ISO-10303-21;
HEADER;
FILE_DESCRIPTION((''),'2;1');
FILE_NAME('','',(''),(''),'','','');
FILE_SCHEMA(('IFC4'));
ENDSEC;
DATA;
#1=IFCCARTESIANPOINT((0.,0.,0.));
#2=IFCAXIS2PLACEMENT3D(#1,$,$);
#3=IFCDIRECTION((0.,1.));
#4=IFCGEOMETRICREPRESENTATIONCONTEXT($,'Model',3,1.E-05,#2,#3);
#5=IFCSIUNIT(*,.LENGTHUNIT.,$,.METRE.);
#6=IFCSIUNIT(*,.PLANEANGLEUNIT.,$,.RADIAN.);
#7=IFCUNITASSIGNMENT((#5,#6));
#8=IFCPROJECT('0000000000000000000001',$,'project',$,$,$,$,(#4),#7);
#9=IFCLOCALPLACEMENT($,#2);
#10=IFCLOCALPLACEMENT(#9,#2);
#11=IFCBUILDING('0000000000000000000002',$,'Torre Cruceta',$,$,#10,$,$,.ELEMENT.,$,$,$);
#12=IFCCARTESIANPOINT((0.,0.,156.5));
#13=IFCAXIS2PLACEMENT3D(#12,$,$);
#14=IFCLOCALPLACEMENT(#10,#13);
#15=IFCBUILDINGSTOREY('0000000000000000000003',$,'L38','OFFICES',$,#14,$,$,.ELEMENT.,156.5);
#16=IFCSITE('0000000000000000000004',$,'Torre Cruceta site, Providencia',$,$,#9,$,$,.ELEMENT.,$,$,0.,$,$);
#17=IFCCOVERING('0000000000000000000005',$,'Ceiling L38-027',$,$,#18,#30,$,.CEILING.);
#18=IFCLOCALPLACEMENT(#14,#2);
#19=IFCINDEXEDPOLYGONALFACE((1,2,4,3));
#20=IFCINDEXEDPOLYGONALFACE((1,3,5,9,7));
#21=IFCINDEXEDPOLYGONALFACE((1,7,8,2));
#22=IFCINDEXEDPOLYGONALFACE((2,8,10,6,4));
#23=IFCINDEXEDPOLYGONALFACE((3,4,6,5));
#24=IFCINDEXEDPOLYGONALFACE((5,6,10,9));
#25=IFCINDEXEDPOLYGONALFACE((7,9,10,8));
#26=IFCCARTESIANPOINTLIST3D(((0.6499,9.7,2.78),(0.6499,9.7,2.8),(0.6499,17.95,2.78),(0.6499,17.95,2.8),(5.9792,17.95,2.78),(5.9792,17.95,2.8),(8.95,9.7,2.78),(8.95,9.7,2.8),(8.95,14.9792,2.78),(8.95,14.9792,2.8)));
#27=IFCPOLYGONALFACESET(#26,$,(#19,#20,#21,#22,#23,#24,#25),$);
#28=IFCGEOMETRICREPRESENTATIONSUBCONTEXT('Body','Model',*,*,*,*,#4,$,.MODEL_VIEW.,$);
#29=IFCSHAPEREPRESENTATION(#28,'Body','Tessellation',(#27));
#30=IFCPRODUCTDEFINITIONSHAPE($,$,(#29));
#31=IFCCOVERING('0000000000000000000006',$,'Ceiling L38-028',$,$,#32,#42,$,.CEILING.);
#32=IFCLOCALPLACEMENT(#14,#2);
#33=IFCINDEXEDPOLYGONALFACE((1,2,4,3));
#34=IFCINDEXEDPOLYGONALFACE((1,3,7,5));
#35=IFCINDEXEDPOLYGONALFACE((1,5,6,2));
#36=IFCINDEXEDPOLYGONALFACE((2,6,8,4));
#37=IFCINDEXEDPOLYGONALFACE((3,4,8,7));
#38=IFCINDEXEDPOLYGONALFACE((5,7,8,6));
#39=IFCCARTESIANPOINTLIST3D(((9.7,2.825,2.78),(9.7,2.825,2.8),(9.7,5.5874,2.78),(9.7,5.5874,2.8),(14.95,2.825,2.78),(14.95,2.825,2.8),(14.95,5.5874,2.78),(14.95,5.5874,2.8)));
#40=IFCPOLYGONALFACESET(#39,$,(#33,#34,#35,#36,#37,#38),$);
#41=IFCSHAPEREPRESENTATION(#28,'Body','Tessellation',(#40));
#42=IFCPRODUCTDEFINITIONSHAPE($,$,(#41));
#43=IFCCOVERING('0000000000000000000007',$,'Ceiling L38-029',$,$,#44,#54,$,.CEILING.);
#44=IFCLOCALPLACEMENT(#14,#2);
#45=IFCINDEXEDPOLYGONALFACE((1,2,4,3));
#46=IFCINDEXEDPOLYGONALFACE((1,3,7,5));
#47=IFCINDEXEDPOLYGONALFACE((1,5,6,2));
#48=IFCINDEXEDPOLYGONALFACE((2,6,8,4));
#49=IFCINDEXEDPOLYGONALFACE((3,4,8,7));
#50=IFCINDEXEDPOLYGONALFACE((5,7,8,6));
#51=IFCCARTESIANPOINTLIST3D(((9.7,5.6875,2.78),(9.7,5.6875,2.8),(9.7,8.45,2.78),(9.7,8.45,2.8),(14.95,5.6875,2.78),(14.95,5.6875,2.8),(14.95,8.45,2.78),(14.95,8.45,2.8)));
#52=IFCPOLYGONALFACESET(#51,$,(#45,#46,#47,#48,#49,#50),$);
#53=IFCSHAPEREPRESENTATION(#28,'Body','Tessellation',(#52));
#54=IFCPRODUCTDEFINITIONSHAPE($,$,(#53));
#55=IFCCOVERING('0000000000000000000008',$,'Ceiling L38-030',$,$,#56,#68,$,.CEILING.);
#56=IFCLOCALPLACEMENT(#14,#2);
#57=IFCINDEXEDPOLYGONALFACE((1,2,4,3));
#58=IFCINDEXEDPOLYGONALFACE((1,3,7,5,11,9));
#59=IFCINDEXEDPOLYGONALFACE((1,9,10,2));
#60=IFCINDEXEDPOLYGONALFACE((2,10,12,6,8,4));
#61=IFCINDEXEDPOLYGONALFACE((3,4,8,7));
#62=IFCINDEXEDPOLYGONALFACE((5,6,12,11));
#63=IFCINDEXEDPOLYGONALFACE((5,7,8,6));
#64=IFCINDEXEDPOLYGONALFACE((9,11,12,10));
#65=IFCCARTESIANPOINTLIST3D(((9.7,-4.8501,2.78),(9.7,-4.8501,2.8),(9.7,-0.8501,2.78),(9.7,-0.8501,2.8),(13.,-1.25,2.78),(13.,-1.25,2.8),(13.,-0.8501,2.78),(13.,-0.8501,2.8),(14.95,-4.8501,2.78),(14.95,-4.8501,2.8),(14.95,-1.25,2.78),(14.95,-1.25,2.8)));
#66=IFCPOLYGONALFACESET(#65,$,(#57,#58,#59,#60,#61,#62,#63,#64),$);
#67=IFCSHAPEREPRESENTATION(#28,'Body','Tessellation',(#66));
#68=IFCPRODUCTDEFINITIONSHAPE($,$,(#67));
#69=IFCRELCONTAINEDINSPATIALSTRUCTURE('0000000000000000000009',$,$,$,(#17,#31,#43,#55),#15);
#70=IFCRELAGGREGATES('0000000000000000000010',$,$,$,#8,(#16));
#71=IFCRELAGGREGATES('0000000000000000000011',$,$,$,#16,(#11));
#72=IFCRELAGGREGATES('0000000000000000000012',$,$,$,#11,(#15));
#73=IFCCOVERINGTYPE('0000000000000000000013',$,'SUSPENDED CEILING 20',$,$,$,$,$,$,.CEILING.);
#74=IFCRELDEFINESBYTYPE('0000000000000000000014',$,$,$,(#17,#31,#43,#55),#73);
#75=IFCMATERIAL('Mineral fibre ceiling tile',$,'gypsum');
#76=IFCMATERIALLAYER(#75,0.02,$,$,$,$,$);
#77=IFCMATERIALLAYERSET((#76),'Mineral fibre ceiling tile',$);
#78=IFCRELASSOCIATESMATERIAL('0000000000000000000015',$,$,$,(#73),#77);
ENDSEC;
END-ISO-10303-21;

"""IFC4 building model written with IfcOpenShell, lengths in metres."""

from ifc_helpers import new_model, si_unit, direction, frame, origin, place, context, subcontext, project, spatial, polyline, outline, extrude, material, layer, layer_set, type_object, element, save


model = new_model("IFC4")

# Units and contexts
model_context = context("Model", 3, precision=1e-05, world=origin(), true_north=direction((0.0, 1.0)))
body_context = subcontext(model_context, "Body", "Model", "MODEL_VIEW")
ifc_project = project(units=[si_unit("LENGTHUNIT", "METRE"), si_unit("PLANEANGLEUNIT", "RADIAN")], contexts=[model_context])

# Site, building, storey
site_placement = place(None, origin())
site = spatial("IfcSite", under=ifc_project, at=site_placement, Name="Torre Cruceta site, Providencia", CompositionType="ELEMENT", RefElevation=0.0)
building_placement = place(site_placement, origin())
building = spatial("IfcBuilding", under=site, at=building_placement, Name="Torre Cruceta", CompositionType="ELEMENT")
storey_placement = place(building_placement, frame((0.0, 0.0, 156.5)))
storey = spatial("IfcBuildingStorey", under=building, at=storey_placement, Name="L38", Description="OFFICES", CompositionType="ELEMENT", Elevation=156.5)

# Coverings
ifc_material_1 = material(Name="Mineral fibre ceiling tile", Category="gypsum")
ifc_layer_1 = layer(ifc_material_1, 0.02)
ifc_layer_set_1 = layer_set([ifc_layer_1], Name="Mineral fibre ceiling tile")
covering_type_1 = type_object("IfcCoveringType", Name="SUSPENDED CEILING 20", PredefinedType="CEILING", material=ifc_layer_set_1)
covering_1_placement = place(storey_placement, frame((0.0, 0.0, 2.78)))
element("IfcCovering", 1, at=covering_1_placement, inside=storey, type_object=covering_type_1, Name="Ceiling L38-027", PredefinedType="CEILING", context=body_context, shape_type="SweptSolid", body=[
    extrude(outline(polyline([(5.9792, 17.95), (8.95, 14.9792), (8.95, 9.7), (0.6499, 9.7), (0.6499, 17.95), (5.9792, 17.95)])), origin(), (0.0, 0.0, 1.0), 0.02),
])
covering_2_placement = place(storey_placement, frame((0.0, 0.0, 2.78)))
element("IfcCovering", 2, at=covering_2_placement, inside=storey, type_object=covering_type_1, Name="Ceiling L38-028", PredefinedType="CEILING", context=body_context, shape_type="SweptSolid", body=[
    extrude(outline(polyline([(9.7, 2.825), (9.7, 5.5874), (14.95, 5.5874), (14.95, 2.825), (9.7, 2.825)])), origin(), (0.0, 0.0, 1.0), 0.02),
])
covering_3_placement = place(storey_placement, frame((0.0, 0.0, 2.78)))
element("IfcCovering", 3, at=covering_3_placement, inside=storey, type_object=covering_type_1, Name="Ceiling L38-029", PredefinedType="CEILING", context=body_context, shape_type="SweptSolid", body=[
    extrude(outline(polyline([(9.7, 5.6875), (9.7, 8.45), (14.95, 8.45), (14.95, 5.6875), (9.7, 5.6875)])), origin(), (0.0, 0.0, 1.0), 0.02),
])
covering_4_placement = place(storey_placement, frame((0.0, 0.0, 2.78)))
element("IfcCovering", 4, at=covering_4_placement, inside=storey, type_object=covering_type_1, Name="Ceiling L38-030", PredefinedType="CEILING", context=body_context, shape_type="SweptSolid", body=[
    extrude(outline(polyline([(14.95, -4.8501), (9.7, -4.8501), (9.7, -0.8501), (13.0, -0.8501), (13.0, -1.25), (14.95, -1.25), (14.95, -4.8501)])), origin(), (0.0, 0.0, 1.0), 0.02),
])

save(model, "model.ifc")
